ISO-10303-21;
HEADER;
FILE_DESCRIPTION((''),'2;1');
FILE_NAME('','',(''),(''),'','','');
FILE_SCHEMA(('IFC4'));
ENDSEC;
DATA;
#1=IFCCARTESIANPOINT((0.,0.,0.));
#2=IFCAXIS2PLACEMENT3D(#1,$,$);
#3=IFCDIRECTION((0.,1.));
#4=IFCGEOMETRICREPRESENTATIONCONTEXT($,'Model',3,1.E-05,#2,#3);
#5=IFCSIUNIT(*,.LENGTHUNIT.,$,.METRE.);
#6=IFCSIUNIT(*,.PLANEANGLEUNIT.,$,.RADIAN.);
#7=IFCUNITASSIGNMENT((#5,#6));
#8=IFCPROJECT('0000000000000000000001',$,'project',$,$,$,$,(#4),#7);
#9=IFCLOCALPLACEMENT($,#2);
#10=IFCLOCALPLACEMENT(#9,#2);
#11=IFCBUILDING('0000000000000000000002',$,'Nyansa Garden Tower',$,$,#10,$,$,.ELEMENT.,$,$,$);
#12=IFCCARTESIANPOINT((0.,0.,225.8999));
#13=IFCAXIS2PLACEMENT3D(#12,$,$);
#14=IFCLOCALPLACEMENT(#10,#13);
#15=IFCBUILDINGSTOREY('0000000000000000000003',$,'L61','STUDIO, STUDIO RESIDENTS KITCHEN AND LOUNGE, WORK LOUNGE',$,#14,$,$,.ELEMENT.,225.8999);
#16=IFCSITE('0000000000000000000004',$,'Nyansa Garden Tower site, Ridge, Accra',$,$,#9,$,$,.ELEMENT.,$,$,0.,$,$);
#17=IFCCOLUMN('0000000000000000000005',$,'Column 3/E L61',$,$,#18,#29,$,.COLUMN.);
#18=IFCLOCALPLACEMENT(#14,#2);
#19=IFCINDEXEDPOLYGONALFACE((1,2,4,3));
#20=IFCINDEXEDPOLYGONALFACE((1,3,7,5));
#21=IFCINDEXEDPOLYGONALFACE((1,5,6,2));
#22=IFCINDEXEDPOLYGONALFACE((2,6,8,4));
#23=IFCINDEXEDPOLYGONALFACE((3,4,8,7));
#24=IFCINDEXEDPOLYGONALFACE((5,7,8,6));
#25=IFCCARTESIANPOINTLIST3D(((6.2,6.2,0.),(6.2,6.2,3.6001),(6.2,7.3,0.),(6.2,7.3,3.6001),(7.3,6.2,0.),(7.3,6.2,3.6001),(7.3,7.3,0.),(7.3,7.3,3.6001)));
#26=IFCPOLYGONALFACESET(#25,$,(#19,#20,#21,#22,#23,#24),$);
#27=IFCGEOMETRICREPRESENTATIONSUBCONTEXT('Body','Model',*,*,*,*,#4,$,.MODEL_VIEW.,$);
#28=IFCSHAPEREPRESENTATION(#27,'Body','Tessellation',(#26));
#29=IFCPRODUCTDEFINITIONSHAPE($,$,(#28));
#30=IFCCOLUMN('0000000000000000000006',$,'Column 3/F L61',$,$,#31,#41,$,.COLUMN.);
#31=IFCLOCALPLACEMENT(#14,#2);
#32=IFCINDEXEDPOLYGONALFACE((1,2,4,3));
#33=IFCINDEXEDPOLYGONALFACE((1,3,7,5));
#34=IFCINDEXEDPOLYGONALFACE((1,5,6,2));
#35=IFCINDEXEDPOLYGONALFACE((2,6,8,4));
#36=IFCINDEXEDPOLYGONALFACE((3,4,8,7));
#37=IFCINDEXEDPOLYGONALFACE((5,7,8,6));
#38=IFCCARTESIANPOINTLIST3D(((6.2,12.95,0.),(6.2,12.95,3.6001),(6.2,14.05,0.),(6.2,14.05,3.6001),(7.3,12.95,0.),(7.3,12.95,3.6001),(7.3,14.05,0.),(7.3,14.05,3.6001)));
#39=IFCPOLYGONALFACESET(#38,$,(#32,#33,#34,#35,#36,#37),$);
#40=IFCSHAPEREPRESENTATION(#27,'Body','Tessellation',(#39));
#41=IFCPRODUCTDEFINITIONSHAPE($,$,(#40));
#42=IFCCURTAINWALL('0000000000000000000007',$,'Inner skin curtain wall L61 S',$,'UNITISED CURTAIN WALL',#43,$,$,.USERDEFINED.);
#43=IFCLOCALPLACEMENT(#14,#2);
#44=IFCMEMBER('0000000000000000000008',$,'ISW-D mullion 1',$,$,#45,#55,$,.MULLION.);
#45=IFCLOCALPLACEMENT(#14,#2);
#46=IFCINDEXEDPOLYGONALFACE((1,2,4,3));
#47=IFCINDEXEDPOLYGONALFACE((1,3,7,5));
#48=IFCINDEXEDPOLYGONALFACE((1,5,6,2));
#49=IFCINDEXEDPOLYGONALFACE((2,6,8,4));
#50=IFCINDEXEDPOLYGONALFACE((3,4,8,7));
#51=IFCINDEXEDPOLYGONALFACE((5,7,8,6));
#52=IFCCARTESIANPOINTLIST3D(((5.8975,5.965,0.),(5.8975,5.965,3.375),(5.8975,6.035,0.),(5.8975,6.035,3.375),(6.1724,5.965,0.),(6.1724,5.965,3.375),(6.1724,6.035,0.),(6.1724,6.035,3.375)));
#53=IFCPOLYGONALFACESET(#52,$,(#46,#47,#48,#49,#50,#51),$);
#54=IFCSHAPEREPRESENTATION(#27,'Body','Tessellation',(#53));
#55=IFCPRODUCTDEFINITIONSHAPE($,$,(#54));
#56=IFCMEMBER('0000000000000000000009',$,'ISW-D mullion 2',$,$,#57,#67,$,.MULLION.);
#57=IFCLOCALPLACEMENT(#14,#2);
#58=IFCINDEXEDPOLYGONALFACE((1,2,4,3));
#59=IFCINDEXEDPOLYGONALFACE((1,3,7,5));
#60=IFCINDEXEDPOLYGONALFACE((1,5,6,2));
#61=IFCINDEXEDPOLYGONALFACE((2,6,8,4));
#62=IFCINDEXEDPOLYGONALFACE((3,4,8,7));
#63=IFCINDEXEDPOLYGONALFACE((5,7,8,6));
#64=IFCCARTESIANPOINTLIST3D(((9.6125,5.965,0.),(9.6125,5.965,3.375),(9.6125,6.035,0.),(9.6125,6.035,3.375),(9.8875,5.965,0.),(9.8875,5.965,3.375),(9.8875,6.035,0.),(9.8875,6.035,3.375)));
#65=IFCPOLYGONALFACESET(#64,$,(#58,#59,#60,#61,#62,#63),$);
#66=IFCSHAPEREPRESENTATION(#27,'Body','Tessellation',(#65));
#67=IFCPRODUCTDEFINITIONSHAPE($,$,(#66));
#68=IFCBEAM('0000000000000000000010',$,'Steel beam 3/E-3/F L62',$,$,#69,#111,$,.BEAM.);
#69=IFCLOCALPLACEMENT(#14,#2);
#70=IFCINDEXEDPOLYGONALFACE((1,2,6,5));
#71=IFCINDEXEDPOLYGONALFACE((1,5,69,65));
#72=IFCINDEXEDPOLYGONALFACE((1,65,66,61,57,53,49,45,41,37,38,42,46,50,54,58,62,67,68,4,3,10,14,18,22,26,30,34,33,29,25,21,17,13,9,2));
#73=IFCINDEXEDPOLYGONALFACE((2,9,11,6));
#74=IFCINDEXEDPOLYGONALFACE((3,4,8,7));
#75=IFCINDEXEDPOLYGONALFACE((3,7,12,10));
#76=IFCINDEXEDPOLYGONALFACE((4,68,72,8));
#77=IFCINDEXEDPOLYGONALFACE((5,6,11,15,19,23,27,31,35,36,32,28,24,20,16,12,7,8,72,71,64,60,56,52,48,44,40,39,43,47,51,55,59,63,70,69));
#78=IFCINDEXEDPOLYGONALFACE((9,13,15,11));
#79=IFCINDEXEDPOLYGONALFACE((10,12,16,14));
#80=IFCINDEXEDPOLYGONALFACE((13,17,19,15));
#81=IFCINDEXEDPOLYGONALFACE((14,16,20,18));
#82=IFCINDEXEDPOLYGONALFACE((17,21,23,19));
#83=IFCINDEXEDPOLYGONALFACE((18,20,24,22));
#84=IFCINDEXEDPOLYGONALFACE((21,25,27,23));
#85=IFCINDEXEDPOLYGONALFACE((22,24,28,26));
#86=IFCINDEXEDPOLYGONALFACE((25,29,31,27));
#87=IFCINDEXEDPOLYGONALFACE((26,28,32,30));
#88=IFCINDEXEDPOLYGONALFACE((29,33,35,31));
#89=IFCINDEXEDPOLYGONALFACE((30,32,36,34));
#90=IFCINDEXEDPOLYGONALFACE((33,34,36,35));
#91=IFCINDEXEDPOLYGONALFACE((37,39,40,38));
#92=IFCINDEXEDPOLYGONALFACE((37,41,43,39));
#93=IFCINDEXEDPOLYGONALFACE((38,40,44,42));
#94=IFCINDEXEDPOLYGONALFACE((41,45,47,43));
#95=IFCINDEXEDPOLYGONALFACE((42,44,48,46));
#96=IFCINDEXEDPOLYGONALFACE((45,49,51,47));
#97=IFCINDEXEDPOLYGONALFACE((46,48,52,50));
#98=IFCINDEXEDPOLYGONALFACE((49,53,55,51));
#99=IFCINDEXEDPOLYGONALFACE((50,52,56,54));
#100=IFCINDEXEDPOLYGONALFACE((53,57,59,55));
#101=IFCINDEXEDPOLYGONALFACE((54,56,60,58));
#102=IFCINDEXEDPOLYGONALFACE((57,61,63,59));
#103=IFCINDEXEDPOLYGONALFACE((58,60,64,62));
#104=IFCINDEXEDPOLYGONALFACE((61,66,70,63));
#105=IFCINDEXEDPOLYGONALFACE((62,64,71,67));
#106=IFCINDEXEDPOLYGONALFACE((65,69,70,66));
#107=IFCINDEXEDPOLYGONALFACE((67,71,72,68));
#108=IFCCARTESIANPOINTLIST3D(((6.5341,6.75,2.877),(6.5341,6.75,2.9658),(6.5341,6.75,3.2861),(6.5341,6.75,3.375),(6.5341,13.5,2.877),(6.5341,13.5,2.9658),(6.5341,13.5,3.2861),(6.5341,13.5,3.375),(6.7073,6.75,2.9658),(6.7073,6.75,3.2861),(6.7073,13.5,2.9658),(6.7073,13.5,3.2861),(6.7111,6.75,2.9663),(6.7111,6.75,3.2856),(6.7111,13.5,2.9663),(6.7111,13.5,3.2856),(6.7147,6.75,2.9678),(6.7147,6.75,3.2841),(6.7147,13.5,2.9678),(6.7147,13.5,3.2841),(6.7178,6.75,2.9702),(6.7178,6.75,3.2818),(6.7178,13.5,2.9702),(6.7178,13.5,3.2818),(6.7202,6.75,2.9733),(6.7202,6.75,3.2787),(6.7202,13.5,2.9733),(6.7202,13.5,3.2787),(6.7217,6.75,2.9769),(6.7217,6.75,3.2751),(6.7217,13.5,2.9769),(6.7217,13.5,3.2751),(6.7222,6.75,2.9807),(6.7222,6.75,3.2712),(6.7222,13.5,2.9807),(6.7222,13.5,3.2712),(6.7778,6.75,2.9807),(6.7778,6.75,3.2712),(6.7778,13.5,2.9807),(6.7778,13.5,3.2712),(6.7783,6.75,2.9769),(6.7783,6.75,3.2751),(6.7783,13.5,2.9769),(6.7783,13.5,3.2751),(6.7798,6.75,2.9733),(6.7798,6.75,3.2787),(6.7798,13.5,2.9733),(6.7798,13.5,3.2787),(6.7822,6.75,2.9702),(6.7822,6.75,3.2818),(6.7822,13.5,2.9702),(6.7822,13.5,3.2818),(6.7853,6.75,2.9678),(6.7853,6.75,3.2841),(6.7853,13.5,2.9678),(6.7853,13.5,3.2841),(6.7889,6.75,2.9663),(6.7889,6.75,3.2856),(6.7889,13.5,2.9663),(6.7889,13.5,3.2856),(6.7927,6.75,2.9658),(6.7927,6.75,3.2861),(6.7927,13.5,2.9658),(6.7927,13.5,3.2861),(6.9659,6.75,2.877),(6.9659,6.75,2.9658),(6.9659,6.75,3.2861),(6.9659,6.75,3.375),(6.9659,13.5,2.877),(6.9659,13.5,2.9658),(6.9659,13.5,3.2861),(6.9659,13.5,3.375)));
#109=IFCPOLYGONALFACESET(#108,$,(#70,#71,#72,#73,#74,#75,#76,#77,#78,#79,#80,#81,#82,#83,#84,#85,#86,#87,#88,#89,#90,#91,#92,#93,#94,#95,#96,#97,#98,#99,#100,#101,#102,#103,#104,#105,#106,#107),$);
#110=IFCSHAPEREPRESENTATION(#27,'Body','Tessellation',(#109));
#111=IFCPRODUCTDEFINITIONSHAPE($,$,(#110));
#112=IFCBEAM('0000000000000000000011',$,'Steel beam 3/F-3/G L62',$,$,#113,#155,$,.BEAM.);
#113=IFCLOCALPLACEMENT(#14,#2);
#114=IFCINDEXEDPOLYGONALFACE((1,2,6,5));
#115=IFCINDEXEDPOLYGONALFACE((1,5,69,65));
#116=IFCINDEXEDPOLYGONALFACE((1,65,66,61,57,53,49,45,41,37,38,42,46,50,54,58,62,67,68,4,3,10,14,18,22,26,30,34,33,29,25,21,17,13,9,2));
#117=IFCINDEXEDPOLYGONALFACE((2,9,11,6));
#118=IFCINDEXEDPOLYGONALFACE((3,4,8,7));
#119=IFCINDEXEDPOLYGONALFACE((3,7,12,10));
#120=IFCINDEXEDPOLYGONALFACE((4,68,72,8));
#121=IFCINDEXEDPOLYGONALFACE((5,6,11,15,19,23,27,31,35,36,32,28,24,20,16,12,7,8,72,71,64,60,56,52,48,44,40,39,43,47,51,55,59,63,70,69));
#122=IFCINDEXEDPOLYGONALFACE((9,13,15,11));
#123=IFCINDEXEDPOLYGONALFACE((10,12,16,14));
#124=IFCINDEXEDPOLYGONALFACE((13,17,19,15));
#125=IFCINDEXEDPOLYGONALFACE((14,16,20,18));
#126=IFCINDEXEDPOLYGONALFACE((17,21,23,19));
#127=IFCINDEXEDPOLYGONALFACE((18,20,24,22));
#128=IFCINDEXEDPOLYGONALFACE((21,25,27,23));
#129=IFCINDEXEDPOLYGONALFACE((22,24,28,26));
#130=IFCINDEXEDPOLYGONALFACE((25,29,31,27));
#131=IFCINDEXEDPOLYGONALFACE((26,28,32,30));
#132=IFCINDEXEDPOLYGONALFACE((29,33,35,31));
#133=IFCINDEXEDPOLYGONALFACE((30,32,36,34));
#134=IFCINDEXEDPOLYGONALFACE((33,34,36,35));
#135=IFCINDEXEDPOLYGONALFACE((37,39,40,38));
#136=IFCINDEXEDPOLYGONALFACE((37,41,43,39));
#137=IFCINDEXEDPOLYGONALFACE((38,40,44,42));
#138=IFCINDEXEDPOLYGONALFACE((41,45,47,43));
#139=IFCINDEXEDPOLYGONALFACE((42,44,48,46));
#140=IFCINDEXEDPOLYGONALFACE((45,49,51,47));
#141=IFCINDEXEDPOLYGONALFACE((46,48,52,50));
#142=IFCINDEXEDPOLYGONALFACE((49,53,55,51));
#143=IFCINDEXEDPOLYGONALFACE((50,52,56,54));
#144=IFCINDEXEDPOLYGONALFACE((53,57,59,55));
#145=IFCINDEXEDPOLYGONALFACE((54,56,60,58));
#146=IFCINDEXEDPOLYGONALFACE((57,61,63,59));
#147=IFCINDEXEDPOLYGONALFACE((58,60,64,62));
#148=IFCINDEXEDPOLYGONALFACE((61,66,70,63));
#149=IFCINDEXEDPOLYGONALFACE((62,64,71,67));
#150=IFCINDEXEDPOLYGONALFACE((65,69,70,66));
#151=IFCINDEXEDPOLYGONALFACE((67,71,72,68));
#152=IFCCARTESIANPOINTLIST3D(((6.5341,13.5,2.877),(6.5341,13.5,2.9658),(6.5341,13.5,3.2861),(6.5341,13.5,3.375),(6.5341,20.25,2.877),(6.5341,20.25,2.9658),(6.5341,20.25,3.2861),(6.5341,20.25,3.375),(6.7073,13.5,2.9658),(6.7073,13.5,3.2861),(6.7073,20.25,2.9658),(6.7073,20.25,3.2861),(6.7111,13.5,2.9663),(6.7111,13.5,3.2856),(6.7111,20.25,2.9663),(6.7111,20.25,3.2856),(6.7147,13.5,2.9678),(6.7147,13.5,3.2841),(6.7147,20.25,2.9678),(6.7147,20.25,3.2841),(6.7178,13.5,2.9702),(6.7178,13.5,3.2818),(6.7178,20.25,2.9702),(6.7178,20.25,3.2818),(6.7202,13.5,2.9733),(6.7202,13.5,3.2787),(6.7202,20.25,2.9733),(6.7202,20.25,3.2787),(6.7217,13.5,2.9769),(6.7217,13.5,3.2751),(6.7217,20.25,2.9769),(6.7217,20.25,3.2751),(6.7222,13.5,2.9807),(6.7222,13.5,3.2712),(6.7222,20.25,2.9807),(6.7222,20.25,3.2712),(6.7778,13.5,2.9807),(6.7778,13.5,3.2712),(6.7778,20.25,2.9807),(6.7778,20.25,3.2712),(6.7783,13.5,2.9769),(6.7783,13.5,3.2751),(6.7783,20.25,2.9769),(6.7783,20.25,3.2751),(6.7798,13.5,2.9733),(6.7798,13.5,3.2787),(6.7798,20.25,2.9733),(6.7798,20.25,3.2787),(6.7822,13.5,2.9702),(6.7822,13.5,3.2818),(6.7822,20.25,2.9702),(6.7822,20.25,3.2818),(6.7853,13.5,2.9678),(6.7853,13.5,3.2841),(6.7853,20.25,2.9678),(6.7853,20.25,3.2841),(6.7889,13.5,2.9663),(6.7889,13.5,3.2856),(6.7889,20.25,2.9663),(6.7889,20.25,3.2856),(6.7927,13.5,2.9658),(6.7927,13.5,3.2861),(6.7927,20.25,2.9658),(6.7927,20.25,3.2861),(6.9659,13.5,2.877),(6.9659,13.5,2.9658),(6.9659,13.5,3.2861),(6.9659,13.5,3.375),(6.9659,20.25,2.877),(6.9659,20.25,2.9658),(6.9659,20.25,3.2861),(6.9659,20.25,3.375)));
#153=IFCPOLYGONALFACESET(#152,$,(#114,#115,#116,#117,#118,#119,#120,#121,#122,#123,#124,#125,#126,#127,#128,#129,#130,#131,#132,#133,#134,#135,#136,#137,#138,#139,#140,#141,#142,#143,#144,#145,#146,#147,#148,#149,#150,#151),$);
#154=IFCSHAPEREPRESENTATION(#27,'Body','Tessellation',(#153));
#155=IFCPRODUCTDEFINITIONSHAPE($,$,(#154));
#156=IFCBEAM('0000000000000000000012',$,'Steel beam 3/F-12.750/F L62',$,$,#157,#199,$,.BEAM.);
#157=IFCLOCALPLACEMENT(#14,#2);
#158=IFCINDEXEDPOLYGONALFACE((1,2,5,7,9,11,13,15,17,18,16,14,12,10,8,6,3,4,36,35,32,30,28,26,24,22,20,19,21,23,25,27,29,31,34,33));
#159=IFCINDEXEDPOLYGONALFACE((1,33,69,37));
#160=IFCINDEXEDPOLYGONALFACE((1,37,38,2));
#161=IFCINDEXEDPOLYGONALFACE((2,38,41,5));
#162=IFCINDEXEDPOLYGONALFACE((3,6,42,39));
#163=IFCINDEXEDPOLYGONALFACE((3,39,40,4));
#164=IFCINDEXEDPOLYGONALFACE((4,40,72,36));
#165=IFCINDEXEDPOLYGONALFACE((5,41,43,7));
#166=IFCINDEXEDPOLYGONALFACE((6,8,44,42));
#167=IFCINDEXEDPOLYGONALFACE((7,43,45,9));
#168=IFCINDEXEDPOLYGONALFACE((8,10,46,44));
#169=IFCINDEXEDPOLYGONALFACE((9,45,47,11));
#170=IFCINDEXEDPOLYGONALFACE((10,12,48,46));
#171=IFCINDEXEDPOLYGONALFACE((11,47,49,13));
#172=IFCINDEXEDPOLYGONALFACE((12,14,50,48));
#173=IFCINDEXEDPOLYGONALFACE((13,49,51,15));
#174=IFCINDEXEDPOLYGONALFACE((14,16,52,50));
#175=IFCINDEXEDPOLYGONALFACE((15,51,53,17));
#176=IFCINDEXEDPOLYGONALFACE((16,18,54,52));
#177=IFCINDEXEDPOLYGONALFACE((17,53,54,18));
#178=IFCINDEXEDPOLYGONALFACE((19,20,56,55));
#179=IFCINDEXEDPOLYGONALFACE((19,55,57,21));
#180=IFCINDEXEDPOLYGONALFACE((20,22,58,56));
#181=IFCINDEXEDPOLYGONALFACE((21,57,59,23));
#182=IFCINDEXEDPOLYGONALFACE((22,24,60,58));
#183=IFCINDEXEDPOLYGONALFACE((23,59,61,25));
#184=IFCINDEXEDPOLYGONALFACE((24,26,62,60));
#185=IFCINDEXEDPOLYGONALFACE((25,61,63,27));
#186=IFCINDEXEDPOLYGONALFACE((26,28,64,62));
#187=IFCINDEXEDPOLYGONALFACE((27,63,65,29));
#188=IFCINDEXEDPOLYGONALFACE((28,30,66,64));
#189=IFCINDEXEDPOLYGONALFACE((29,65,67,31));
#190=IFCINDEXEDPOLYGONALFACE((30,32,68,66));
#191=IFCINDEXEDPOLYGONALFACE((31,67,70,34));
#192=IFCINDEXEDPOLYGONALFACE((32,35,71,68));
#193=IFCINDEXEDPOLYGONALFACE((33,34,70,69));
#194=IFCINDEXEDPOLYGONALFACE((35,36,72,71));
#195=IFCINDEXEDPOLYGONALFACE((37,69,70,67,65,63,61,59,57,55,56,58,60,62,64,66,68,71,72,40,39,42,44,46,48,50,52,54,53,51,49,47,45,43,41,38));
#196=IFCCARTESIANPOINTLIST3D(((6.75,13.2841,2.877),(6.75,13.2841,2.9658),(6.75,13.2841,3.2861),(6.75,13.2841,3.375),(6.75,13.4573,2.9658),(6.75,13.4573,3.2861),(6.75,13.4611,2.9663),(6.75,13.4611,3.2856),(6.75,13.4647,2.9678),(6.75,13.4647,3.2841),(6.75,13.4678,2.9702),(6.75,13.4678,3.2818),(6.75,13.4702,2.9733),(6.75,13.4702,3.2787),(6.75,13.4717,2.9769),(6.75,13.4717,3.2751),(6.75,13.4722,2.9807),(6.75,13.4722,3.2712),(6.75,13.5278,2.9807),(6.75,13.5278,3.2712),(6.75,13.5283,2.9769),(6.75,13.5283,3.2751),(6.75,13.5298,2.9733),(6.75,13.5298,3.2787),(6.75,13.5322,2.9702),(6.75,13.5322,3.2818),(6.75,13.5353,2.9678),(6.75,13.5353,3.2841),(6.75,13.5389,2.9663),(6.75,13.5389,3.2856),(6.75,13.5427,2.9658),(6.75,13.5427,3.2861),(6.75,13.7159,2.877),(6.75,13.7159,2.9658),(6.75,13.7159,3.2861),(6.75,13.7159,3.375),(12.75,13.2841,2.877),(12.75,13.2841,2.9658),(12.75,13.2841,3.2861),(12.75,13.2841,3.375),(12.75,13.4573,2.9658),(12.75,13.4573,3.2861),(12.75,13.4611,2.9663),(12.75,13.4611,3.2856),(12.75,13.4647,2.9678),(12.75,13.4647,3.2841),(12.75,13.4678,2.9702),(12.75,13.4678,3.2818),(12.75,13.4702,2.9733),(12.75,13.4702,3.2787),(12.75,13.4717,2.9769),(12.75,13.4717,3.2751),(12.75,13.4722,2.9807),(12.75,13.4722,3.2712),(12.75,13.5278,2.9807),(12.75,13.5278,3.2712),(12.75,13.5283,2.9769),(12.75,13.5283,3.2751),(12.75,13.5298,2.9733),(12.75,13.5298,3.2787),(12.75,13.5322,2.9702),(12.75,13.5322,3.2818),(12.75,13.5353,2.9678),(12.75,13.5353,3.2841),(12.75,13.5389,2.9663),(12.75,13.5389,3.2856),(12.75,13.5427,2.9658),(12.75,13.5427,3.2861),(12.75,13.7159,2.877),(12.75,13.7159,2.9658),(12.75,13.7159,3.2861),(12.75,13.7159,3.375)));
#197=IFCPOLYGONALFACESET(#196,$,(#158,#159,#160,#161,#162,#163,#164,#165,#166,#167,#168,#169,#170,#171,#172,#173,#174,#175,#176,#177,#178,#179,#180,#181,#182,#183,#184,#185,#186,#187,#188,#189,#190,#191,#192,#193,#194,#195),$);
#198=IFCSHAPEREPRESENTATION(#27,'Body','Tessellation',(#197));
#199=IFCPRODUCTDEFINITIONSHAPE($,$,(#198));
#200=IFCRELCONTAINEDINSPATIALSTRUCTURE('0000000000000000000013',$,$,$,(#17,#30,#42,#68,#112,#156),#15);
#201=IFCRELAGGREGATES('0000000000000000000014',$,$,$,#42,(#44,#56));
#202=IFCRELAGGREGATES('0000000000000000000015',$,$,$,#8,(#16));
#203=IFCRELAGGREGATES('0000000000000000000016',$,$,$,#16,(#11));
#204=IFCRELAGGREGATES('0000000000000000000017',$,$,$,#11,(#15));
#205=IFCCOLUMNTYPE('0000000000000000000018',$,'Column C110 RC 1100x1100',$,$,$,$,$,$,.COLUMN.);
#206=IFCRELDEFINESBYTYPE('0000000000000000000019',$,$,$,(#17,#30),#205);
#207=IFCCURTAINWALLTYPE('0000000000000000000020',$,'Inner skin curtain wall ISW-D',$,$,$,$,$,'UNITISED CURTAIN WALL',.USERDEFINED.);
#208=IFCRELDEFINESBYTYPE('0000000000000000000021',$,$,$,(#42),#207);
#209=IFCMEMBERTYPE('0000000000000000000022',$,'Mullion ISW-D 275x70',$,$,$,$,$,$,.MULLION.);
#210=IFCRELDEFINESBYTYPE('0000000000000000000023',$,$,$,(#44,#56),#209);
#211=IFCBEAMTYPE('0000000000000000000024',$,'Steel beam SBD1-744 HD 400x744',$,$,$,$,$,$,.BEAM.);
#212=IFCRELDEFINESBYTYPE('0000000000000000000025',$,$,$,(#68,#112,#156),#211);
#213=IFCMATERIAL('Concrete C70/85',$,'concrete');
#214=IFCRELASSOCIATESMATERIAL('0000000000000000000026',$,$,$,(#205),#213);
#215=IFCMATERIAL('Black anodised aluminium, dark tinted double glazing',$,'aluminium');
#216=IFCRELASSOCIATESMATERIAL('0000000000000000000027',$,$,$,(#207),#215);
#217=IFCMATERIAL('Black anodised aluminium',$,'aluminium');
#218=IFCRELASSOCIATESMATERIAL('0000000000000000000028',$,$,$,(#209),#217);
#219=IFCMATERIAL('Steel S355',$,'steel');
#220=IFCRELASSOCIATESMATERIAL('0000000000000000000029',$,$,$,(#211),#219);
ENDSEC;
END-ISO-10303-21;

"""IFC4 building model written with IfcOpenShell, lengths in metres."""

from ifc_helpers import new_model, si_unit, direction, frame, origin, origin_2d, place, context, subcontext, project, spatial, rectangle, i_section, extrude, material, material_profile, profile_set, type_object, element, aggregate, save


model = new_model("IFC4")

# Units and contexts
model_context = context("Model", 3, precision=1e-05, world=origin(), true_north=direction((0.0, 1.0)))
body_context = subcontext(model_context, "Body", "Model", "MODEL_VIEW")
ifc_project = project(units=[si_unit("LENGTHUNIT", "METRE"), si_unit("PLANEANGLEUNIT", "RADIAN")], contexts=[model_context])

# Site, building, storey
site_placement = place(None, origin())
site = spatial("IfcSite", under=ifc_project, at=site_placement, Name="Nyansa Garden Tower site, Ridge, Accra", CompositionType="ELEMENT", RefElevation=0.0)
building_placement = place(site_placement, origin())
building = spatial("IfcBuilding", under=site, at=building_placement, Name="Nyansa Garden Tower", CompositionType="ELEMENT")
storey_placement = place(building_placement, frame((0.0, 0.0, 225.8999)))
storey = spatial("IfcBuildingStorey", under=building, at=storey_placement, Name="L61", Description="STUDIO, STUDIO RESIDENTS KITCHEN AND LOUNGE, WORK LOUNGE", CompositionType="ELEMENT", Elevation=225.8999)

# Columns
ifc_material_1 = material(Name="Concrete C70/85", Category="concrete")
ifc_material_profile_1 = material_profile(ifc_material_1, rectangle(XDim=1.1001, YDim=1.1001, at=origin_2d()), Name="RC 1100x1100")
ifc_profile_set_1 = profile_set([ifc_material_profile_1], Name="Concrete C70/85")
column_type = type_object("IfcColumnType", Name="Column C110 RC 1100x1100", PredefinedType="COLUMN", material=ifc_profile_set_1)
for number, where, z_axis, x_axis, name in (
    (1, (6.75, 6.75, 0.0), (0.0, 0.0, 1.0), (1.0, 0.0, 0.0), "Column 3/E L61"),
    (2, (6.75, 13.5, 0.0), (0.0, 0.0, 1.0), (1.0, 0.0, 0.0), "Column 3/F L61"),
):
    element("IfcColumn", number, at=place(storey_placement, frame(where, z_axis=z_axis, x_axis=x_axis)), inside=storey, type_object=column_type, Name=name, PredefinedType="COLUMN", context=body_context, shape_type="SweptSolid", body=[
        extrude(rectangle(XDim=1.1001, YDim=1.1001, at=origin_2d()), origin(), (0.0, 0.0, 1.0), 3.6001),
    ])

# Curtain wall, members
ifc_material_2 = material(Name="Black anodised aluminium, dark tinted double glazing", Category="aluminium")
curtain_wall_type = type_object("IfcCurtainWallType", Name="Inner skin curtain wall ISW-D", ElementType="UNITISED CURTAIN WALL", PredefinedType="USERDEFINED", material=ifc_material_2)
curtain_wall_placement = place(storey_placement, origin())
curtain_wall = element("IfcCurtainWall", 3, at=curtain_wall_placement, inside=storey, type_object=curtain_wall_type, Name="Inner skin curtain wall L61 S", ObjectType="UNITISED CURTAIN WALL", PredefinedType="USERDEFINED")
ifc_material_3 = material(Name="Black anodised aluminium", Category="aluminium")
ifc_material_profile_2 = material_profile(ifc_material_3, rectangle(XDim=0.0701, YDim=0.2749, at=origin_2d()), Name="Mullion 275x70")
ifc_profile_set_2 = profile_set([ifc_material_profile_2], Name="Black anodised aluminium")
member_type_1 = type_object("IfcMemberType", Name="Mullion ISW-D 275x70", PredefinedType="MULLION", material=ifc_profile_set_2)
member_1_placement = place(storey_placement, frame((6.0349, 6.0, 0.0), z_axis=(0.0, 0.0, 1.0), x_axis=(0.0, 1.0, 0.0)))
member_1 = element("IfcMember", 4, at=member_1_placement, type_object=member_type_1, Name="ISW-D mullion 1", PredefinedType="MULLION", context=body_context, shape_type="SweptSolid", body=[
    extrude(rectangle(XDim=0.0701, YDim=0.2749, at=origin_2d()), origin(), (0.0, 0.0, 1.0), 3.375),
])
member_2_placement = place(storey_placement, frame((9.75, 6.0, 0.0), z_axis=(0.0, 0.0, 1.0), x_axis=(0.0, 1.0, 0.0)))
member_2 = element("IfcMember", 5, at=member_2_placement, type_object=member_type_1, Name="ISW-D mullion 2", PredefinedType="MULLION", context=body_context, shape_type="SweptSolid", body=[
    extrude(rectangle(XDim=0.0701, YDim=0.2749, at=origin_2d()), origin(), (0.0, 0.0, 1.0), 3.375),
])

# Beams
ifc_material_4 = material(Name="Steel S355", Category="steel")
ifc_material_profile_3 = material_profile(ifc_material_4, i_section(OverallWidth=0.4319, OverallDepth=0.498, WebThickness=0.0557, FlangeThickness=0.0889, FilletRadius=0.0149, at=origin_2d()), Name="HD 400x744")
ifc_profile_set_3 = profile_set([ifc_material_profile_3], Name="Steel S355")
beam_type_1 = type_object("IfcBeamType", Name="Steel beam SBD1-744 HD 400x744", PredefinedType="BEAM", material=ifc_profile_set_3)
for number, where, z_axis, x_axis, name in (
    (6, (6.75, 6.75, 3.126), (0.0, 1.0, 0.0), (-1.0, 0.0, 0.0), "Steel beam 3/E-3/F L62"),
    (7, (6.75, 13.5, 3.126), (0.0, 1.0, 0.0), (-1.0, 0.0, 0.0), "Steel beam 3/F-3/G L62"),
):
    element("IfcBeam", number, at=place(storey_placement, frame(where, z_axis=z_axis, x_axis=x_axis)), inside=storey, type_object=beam_type_1, Name=name, PredefinedType="BEAM", context=body_context, shape_type="SweptSolid", body=[
        extrude(i_section(OverallWidth=0.4319, OverallDepth=0.498, WebThickness=0.0557, FlangeThickness=0.0889, FilletRadius=0.0149, at=origin_2d()), origin(), (0.0, 0.0, 1.0), 6.75),
    ])
beam_1_placement = place(storey_placement, frame((6.75, 13.5, 3.126), z_axis=(1.0, 0.0, 0.0), x_axis=(0.0, 1.0, 0.0)))
element("IfcBeam", 8, at=beam_1_placement, inside=storey, type_object=beam_type_1, Name="Steel beam 3/F-12.750/F L62", PredefinedType="BEAM", context=body_context, shape_type="SweptSolid", body=[
    extrude(i_section(OverallWidth=0.4319, OverallDepth=0.498, WebThickness=0.0557, FlangeThickness=0.0889, FilletRadius=0.0149, at=origin_2d()), origin(), (0.0, 0.0, 1.0), 6.0),
])

aggregate(curtain_wall, [member_1, member_2])

save(model, "model.ifc")
